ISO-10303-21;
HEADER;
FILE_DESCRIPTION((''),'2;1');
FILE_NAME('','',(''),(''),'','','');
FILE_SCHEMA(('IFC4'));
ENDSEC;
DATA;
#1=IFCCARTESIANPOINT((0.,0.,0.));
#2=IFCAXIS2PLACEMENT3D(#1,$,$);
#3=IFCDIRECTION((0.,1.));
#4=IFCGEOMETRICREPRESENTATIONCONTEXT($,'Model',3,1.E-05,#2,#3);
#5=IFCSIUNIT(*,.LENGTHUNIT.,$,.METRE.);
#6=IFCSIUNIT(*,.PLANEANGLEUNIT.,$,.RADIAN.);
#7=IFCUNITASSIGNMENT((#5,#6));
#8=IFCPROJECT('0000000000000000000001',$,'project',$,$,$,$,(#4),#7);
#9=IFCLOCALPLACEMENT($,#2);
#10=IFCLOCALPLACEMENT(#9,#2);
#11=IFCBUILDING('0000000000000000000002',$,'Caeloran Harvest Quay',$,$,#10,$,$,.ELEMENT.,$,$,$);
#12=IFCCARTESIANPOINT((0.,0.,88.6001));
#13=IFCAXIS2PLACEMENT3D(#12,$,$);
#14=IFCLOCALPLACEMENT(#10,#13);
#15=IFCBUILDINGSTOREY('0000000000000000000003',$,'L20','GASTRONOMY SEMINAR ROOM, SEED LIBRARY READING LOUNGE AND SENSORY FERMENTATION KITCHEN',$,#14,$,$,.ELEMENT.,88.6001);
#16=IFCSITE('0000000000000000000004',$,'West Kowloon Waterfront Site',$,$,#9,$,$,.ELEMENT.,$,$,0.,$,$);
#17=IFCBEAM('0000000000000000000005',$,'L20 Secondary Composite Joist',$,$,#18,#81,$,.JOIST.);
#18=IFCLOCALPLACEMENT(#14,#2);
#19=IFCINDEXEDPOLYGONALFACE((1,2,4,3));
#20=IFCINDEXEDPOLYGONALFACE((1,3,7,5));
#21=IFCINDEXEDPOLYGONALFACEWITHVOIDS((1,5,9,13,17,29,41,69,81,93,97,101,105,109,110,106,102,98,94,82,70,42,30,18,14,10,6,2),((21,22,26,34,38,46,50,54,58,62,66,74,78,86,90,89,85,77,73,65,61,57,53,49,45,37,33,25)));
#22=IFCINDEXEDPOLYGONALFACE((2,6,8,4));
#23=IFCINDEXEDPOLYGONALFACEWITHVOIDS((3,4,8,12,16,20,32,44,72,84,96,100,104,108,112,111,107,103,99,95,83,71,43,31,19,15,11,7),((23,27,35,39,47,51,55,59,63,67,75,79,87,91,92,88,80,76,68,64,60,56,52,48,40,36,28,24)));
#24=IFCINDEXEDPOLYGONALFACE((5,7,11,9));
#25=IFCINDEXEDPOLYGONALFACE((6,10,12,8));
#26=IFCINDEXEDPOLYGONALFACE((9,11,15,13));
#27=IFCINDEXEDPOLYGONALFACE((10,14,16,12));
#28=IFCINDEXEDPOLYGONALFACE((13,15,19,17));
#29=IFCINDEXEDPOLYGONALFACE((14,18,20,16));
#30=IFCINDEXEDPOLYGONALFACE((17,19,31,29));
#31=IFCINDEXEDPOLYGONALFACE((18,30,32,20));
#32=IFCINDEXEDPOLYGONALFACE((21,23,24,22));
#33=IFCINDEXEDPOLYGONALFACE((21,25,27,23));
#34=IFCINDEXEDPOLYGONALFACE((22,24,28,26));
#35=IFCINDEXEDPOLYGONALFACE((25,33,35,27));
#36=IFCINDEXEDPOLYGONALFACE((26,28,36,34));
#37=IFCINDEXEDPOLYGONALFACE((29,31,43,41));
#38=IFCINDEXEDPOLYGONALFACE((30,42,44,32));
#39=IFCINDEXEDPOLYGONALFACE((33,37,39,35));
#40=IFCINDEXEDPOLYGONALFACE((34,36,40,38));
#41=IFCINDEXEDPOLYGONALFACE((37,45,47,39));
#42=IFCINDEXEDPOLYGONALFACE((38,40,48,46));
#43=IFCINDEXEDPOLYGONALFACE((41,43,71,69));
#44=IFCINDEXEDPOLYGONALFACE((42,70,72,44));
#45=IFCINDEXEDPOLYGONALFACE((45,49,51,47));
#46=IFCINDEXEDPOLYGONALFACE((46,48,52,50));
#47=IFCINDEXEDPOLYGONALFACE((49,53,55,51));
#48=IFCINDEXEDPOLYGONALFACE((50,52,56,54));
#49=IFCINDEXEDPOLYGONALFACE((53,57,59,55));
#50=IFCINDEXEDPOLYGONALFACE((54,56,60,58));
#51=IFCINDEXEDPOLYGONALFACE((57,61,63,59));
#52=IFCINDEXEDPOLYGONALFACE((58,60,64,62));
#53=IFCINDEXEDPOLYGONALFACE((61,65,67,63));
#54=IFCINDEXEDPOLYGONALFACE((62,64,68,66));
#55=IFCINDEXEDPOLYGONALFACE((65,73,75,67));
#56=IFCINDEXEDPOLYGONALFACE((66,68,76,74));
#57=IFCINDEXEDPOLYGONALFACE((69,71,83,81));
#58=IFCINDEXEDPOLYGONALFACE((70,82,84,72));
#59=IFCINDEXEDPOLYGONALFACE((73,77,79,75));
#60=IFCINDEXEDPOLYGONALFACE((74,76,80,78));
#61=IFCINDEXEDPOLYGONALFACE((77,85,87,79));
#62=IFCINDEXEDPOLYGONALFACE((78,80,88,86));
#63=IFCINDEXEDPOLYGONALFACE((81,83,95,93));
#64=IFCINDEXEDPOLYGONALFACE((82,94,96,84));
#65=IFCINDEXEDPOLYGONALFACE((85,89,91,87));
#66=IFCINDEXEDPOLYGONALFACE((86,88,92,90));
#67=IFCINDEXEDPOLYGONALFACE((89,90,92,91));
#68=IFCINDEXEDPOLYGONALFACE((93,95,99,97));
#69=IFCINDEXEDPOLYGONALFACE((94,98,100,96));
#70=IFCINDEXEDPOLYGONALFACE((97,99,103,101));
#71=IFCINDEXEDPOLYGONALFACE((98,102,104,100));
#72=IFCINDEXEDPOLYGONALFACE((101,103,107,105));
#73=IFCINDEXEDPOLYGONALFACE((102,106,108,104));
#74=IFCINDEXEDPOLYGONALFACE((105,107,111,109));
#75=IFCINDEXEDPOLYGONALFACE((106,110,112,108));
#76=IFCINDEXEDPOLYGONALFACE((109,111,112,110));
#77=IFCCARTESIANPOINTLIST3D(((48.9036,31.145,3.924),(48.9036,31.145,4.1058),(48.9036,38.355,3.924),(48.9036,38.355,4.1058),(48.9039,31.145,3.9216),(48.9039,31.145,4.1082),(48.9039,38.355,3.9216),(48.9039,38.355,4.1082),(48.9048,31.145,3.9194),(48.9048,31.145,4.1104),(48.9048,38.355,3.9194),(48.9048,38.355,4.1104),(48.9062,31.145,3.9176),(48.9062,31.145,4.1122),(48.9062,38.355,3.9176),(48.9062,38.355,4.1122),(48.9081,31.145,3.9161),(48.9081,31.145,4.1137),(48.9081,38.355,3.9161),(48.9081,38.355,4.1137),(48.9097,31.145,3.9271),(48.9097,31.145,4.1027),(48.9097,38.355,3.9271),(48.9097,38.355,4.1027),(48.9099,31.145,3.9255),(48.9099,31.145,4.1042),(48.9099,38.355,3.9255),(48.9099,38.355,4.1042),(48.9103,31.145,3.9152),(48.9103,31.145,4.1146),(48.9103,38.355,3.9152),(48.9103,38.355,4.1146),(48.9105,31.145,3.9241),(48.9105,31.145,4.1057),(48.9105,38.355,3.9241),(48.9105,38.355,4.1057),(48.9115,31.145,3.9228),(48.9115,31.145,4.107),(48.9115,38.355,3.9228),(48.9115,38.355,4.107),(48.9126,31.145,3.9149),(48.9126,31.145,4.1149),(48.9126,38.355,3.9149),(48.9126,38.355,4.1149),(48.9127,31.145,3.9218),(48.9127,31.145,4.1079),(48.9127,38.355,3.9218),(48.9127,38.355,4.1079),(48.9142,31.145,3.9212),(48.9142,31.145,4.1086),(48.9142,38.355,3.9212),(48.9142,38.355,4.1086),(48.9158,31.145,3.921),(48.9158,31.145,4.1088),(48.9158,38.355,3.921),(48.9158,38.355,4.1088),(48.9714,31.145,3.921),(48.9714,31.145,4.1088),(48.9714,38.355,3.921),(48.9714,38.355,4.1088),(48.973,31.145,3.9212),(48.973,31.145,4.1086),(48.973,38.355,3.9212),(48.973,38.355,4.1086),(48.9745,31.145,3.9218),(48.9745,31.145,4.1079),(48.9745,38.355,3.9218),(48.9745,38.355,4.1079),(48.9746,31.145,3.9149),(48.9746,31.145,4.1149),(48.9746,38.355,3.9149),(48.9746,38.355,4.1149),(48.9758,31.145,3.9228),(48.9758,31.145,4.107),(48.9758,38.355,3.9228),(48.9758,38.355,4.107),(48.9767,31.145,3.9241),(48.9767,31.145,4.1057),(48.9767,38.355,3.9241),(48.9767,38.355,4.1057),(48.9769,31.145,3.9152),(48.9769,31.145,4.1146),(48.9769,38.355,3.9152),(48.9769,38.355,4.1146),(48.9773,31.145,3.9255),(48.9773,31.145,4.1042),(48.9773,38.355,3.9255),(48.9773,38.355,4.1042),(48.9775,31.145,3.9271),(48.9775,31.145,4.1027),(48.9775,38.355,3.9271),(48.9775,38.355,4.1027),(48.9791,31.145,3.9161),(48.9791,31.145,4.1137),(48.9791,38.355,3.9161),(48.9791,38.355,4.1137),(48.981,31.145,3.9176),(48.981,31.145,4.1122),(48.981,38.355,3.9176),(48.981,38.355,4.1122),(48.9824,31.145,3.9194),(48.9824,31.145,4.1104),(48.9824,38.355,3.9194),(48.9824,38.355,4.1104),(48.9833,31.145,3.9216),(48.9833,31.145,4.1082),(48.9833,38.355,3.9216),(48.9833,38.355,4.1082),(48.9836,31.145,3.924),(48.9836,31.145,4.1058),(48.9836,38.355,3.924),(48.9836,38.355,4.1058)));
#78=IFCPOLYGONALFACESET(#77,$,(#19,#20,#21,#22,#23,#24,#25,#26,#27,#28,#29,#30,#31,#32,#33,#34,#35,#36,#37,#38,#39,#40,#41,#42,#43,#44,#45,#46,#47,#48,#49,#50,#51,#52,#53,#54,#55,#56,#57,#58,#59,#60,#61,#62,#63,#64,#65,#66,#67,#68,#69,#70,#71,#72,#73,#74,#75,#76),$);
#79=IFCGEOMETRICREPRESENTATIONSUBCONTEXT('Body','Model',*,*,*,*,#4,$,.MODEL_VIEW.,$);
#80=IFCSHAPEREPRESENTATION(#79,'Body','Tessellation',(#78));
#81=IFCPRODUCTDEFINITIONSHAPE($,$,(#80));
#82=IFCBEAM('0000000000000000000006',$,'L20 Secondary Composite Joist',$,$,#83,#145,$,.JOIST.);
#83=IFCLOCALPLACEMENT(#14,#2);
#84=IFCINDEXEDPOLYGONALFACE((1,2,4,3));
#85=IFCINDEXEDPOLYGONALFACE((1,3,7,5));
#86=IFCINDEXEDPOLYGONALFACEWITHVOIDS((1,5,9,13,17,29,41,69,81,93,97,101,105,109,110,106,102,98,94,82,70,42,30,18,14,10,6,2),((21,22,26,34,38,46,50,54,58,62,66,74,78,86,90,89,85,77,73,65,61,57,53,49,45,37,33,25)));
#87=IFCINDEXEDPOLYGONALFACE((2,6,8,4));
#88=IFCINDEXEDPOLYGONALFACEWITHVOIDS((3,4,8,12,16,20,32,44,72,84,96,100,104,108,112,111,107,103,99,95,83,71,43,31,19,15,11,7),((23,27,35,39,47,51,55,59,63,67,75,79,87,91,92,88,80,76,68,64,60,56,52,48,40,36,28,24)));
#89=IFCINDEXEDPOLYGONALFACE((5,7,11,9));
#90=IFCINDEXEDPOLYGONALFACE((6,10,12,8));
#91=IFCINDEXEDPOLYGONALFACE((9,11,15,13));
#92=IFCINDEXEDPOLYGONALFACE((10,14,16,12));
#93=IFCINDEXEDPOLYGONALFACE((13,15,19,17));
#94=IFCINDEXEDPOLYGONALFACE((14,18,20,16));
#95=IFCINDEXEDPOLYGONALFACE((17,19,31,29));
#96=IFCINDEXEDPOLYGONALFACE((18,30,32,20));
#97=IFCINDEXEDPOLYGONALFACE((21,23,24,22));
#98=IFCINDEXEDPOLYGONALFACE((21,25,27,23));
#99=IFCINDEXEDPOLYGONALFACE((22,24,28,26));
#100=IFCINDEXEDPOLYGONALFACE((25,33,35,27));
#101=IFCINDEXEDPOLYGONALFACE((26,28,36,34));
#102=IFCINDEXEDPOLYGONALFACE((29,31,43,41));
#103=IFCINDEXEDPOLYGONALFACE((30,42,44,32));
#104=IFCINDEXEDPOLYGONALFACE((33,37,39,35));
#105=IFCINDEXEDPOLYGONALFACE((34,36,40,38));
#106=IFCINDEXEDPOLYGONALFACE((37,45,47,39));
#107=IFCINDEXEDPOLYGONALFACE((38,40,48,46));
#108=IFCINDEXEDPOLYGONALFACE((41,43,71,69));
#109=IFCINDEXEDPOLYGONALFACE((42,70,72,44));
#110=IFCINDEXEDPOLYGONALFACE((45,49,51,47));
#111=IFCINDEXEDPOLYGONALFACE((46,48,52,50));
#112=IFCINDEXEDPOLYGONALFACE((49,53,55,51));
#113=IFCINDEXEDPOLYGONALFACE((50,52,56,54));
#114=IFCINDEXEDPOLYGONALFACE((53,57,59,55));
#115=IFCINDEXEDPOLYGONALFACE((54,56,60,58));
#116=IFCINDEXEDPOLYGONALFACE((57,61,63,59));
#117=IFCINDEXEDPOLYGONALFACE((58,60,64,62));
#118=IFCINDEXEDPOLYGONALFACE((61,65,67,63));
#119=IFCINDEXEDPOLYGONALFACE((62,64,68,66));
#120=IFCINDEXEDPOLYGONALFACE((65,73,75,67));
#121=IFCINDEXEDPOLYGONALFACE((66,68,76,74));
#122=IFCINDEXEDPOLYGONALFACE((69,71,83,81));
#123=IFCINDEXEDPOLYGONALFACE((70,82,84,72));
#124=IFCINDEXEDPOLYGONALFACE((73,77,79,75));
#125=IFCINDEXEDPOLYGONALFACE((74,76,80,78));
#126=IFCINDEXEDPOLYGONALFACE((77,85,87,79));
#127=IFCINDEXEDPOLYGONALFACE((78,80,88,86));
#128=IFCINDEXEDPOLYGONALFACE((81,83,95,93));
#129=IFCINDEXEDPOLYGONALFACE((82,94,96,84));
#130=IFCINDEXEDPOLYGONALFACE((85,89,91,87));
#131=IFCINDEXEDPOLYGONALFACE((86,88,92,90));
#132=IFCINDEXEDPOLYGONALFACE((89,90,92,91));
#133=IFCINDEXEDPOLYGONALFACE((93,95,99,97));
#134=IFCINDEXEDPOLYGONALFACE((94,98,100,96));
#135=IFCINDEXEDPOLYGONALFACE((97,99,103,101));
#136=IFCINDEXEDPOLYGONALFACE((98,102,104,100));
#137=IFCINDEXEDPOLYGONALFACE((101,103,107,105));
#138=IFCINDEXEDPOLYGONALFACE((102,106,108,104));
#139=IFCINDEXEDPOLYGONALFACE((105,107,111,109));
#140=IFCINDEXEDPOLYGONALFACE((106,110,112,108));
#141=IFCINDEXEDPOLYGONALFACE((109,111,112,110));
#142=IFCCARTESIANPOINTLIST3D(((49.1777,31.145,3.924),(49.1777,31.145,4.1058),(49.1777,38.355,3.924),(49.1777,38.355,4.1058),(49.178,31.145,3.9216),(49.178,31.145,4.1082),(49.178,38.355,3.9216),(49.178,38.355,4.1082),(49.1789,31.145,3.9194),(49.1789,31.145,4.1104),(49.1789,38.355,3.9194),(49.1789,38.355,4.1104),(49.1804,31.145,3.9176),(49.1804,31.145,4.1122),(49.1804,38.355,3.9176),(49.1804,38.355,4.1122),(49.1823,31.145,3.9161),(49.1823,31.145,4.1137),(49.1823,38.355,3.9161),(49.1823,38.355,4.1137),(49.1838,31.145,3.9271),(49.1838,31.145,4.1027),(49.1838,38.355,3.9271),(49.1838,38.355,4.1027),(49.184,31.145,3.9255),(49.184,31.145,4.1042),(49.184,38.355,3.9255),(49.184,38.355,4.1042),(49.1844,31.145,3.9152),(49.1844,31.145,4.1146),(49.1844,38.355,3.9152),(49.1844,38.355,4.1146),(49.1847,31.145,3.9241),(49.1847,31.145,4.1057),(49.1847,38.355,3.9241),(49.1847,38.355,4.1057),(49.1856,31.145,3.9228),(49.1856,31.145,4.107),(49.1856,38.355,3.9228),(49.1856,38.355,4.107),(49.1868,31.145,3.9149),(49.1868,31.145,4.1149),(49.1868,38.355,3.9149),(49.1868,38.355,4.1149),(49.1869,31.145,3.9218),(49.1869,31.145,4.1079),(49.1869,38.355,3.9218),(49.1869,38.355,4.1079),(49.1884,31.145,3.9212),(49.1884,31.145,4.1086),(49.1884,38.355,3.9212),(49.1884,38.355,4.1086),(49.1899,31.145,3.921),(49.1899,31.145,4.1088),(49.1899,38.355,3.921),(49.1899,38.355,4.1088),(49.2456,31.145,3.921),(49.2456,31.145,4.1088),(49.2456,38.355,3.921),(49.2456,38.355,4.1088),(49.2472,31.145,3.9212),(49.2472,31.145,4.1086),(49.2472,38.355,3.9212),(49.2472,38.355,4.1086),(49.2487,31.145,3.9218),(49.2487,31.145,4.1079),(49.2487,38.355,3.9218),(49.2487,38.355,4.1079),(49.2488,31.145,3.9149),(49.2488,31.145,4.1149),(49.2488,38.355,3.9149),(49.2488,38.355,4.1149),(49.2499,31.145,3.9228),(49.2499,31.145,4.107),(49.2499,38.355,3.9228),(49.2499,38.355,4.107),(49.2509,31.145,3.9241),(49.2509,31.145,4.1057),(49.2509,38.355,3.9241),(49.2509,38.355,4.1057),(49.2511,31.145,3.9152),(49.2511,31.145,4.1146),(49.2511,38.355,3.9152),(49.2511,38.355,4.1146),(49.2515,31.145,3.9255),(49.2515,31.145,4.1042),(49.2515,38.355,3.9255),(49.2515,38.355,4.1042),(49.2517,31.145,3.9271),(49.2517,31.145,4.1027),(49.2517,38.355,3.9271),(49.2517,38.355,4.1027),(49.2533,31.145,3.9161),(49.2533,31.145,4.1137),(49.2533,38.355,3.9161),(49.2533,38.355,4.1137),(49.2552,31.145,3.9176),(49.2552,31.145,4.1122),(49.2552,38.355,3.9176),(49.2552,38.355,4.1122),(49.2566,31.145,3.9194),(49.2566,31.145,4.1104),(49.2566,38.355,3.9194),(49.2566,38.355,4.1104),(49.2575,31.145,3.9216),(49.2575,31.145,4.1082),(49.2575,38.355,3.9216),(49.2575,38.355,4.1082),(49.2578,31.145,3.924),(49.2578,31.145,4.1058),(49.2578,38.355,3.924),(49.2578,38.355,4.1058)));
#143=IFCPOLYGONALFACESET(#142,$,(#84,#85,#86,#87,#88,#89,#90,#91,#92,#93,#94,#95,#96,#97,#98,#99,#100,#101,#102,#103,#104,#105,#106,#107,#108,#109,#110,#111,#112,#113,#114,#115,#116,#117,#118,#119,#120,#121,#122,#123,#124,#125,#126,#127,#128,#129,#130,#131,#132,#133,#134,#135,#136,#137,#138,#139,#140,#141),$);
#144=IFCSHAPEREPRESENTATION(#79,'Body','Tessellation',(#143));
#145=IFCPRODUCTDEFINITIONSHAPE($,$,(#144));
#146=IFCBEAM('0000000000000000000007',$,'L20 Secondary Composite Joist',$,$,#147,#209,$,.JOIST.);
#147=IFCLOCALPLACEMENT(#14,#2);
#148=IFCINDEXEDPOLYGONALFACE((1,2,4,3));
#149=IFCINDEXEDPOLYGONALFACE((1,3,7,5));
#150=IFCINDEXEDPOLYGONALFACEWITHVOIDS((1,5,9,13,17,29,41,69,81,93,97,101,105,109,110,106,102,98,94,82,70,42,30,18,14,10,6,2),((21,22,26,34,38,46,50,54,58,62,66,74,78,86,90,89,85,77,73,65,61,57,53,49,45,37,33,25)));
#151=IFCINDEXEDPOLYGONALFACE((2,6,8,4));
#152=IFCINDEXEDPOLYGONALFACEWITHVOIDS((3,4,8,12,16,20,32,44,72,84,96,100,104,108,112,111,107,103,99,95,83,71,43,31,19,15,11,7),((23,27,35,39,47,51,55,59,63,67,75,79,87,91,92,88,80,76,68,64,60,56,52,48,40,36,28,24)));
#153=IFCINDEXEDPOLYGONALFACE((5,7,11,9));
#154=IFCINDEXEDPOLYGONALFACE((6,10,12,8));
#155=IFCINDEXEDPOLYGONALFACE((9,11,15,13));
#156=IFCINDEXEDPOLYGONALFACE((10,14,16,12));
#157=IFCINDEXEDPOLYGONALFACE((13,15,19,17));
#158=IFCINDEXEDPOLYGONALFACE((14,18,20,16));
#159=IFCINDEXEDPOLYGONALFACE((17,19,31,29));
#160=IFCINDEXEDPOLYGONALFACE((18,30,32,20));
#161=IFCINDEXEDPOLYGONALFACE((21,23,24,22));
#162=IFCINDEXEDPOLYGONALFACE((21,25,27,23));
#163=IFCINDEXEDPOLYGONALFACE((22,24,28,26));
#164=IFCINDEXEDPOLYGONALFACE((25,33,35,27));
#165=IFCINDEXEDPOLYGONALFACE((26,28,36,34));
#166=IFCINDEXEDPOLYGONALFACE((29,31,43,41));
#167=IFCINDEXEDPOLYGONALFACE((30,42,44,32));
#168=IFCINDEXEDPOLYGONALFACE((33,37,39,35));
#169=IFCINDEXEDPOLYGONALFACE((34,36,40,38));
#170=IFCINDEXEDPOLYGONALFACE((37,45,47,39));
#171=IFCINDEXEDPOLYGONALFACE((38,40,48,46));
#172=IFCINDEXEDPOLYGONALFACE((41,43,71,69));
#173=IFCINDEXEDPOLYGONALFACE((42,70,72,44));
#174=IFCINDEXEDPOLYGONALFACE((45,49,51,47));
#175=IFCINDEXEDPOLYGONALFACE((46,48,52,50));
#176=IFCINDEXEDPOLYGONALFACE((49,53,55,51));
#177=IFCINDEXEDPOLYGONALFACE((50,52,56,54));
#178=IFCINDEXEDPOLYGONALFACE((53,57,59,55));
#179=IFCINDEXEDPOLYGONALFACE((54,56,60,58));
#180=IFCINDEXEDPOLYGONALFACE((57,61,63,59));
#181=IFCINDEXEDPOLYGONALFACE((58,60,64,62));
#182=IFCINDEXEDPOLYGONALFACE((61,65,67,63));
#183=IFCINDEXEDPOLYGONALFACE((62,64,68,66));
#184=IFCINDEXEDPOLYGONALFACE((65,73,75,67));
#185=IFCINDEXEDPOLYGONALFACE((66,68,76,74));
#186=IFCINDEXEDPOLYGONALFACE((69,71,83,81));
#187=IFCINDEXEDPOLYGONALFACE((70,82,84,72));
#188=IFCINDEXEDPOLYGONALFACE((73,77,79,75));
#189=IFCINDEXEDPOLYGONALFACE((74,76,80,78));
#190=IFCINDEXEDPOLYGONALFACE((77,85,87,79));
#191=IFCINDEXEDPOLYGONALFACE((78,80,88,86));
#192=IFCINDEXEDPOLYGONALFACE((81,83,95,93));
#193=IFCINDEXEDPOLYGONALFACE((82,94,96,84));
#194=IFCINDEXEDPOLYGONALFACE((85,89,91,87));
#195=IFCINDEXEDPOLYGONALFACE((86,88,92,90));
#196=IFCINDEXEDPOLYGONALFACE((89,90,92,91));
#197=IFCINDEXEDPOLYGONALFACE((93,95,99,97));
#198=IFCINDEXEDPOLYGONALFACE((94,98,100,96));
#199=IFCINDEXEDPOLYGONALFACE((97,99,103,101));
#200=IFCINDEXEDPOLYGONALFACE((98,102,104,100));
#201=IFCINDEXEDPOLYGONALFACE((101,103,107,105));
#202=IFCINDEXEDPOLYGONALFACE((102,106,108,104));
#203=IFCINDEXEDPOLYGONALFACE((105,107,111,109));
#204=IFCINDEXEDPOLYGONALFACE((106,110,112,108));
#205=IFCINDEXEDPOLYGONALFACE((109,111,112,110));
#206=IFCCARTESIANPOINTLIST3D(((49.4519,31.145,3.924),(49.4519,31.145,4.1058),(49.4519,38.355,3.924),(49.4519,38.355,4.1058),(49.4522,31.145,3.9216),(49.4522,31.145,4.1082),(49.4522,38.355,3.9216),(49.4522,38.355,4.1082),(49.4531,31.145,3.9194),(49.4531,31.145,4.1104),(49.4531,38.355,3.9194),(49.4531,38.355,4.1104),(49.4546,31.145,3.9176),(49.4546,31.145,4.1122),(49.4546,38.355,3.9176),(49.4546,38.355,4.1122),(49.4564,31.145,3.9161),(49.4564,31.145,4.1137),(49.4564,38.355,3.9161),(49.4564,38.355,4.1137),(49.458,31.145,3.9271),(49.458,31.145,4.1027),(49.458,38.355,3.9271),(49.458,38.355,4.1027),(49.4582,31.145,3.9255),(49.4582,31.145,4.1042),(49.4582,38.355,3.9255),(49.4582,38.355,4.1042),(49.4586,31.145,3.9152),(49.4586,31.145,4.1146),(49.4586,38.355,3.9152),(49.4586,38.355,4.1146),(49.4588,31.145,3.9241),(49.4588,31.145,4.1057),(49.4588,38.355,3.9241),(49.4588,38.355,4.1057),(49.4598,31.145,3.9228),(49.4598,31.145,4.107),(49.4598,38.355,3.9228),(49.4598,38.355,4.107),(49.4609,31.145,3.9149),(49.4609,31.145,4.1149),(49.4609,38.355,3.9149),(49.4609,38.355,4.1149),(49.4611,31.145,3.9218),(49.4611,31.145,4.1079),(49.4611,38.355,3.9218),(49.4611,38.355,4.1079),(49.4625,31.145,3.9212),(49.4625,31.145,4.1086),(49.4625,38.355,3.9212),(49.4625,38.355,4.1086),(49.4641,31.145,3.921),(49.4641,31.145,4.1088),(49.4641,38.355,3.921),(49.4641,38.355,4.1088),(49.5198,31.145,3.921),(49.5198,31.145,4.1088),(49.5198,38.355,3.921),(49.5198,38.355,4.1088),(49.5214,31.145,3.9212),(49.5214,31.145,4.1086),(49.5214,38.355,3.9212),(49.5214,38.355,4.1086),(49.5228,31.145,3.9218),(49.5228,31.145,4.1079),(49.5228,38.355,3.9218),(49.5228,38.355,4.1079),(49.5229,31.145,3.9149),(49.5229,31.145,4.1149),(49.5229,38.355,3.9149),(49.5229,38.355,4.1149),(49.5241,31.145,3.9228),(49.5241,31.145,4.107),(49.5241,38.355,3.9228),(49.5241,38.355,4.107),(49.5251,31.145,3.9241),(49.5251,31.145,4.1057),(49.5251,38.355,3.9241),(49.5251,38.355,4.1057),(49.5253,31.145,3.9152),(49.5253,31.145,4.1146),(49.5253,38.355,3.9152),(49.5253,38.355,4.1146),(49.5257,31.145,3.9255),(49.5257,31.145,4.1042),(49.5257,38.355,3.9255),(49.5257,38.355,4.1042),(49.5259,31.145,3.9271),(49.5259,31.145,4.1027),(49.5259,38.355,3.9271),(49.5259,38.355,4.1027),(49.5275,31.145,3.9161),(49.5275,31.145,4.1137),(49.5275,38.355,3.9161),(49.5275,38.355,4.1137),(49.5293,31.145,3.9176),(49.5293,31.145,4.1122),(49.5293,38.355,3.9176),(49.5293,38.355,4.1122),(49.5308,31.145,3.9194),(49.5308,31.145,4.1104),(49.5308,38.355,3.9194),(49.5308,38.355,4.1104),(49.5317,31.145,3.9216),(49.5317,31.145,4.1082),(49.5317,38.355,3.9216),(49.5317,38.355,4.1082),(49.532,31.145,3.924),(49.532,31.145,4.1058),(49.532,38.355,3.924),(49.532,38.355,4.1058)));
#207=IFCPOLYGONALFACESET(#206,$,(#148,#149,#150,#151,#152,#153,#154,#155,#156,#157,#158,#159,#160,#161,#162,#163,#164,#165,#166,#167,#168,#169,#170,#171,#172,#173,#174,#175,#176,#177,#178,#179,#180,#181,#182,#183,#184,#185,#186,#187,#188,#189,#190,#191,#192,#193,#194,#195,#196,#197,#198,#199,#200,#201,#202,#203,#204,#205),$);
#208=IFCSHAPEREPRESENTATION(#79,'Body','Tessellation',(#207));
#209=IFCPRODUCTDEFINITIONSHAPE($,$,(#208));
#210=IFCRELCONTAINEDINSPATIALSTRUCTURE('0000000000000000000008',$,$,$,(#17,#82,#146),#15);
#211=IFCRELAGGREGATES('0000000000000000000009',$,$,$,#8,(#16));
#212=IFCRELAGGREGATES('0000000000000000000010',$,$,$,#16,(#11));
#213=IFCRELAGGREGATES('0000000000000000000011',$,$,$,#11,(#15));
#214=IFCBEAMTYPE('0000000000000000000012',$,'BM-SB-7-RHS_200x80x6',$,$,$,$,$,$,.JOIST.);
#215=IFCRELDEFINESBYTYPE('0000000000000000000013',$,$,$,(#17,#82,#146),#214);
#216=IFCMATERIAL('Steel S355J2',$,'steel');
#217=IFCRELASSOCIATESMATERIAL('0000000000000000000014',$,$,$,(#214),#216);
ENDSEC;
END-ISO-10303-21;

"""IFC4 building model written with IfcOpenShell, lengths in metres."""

from ifc_helpers import new_model, si_unit, direction, frame, origin, origin_2d, place, context, subcontext, project, spatial, hollow_rectangle, extrude, material, material_profile, profile_set, type_object, element, save


model = new_model("IFC4")

# Units and contexts
model_context = context("Model", 3, precision=1e-05, world=origin(), true_north=direction((0.0, 1.0)))
body_context = subcontext(model_context, "Body", "Model", "MODEL_VIEW")
ifc_project = project(units=[si_unit("LENGTHUNIT", "METRE"), si_unit("PLANEANGLEUNIT", "RADIAN")], contexts=[model_context])

# Site, building, storey
site_placement = place(None, origin())
site = spatial("IfcSite", under=ifc_project, at=site_placement, Name="West Kowloon Waterfront Site", CompositionType="ELEMENT", RefElevation=0.0)
building_placement = place(site_placement, origin())
building = spatial("IfcBuilding", under=site, at=building_placement, Name="Caeloran Harvest Quay", CompositionType="ELEMENT")
storey_placement = place(building_placement, frame((0.0, 0.0, 88.6001)))
storey = spatial("IfcBuildingStorey", under=building, at=storey_placement, Name="L20", Description="GASTRONOMY SEMINAR ROOM, SEED LIBRARY READING LOUNGE AND SENSORY FERMENTATION KITCHEN", CompositionType="ELEMENT", Elevation=88.6001)

# Beams
ifc_material_1 = material(Name="Steel S355J2", Category="steel")
ifc_material_profile_1 = material_profile(ifc_material_1, hollow_rectangle(XDim=0.0801, YDim=0.2, WallThickness=0.0061, InnerFilletRadius=0.0061, OuterFilletRadius=0.009, at=origin_2d()), Name="RHS 200x80x6")
ifc_profile_set_1 = profile_set([ifc_material_profile_1], Name="Steel S355J2")
beam_type_1 = type_object("IfcBeamType", Name="BM-SB-7-RHS_200x80x6", PredefinedType="JOIST", material=ifc_profile_set_1)
for number, where, z_axis, x_axis, name in (
    (1, (48.9436, 31.145, 4.0149), (0.0, 1.0, 0.0), (-1.0, 0.0, 0.0), "L20 Secondary Composite Joist"),
    (2, (49.2178, 31.145, 4.0149), (0.0, 1.0, 0.0), (-1.0, 0.0, 0.0), "L20 Secondary Composite Joist"),
    (3, (49.4919, 31.145, 4.0149), (0.0, 1.0, 0.0), (-1.0, 0.0, 0.0), "L20 Secondary Composite Joist"),
):
    element("IfcBeam", number, at=place(storey_placement, frame(where, z_axis=z_axis, x_axis=x_axis)), inside=storey, type_object=beam_type_1, Name=name, PredefinedType="JOIST", context=body_context, shape_type="SweptSolid", body=[
        extrude(hollow_rectangle(XDim=0.0801, YDim=0.2, WallThickness=0.0061, InnerFilletRadius=0.0061, OuterFilletRadius=0.009, at=origin_2d()), origin(), (0.0, 0.0, 1.0), 7.21),
    ])

save(model, "model.ifc")
